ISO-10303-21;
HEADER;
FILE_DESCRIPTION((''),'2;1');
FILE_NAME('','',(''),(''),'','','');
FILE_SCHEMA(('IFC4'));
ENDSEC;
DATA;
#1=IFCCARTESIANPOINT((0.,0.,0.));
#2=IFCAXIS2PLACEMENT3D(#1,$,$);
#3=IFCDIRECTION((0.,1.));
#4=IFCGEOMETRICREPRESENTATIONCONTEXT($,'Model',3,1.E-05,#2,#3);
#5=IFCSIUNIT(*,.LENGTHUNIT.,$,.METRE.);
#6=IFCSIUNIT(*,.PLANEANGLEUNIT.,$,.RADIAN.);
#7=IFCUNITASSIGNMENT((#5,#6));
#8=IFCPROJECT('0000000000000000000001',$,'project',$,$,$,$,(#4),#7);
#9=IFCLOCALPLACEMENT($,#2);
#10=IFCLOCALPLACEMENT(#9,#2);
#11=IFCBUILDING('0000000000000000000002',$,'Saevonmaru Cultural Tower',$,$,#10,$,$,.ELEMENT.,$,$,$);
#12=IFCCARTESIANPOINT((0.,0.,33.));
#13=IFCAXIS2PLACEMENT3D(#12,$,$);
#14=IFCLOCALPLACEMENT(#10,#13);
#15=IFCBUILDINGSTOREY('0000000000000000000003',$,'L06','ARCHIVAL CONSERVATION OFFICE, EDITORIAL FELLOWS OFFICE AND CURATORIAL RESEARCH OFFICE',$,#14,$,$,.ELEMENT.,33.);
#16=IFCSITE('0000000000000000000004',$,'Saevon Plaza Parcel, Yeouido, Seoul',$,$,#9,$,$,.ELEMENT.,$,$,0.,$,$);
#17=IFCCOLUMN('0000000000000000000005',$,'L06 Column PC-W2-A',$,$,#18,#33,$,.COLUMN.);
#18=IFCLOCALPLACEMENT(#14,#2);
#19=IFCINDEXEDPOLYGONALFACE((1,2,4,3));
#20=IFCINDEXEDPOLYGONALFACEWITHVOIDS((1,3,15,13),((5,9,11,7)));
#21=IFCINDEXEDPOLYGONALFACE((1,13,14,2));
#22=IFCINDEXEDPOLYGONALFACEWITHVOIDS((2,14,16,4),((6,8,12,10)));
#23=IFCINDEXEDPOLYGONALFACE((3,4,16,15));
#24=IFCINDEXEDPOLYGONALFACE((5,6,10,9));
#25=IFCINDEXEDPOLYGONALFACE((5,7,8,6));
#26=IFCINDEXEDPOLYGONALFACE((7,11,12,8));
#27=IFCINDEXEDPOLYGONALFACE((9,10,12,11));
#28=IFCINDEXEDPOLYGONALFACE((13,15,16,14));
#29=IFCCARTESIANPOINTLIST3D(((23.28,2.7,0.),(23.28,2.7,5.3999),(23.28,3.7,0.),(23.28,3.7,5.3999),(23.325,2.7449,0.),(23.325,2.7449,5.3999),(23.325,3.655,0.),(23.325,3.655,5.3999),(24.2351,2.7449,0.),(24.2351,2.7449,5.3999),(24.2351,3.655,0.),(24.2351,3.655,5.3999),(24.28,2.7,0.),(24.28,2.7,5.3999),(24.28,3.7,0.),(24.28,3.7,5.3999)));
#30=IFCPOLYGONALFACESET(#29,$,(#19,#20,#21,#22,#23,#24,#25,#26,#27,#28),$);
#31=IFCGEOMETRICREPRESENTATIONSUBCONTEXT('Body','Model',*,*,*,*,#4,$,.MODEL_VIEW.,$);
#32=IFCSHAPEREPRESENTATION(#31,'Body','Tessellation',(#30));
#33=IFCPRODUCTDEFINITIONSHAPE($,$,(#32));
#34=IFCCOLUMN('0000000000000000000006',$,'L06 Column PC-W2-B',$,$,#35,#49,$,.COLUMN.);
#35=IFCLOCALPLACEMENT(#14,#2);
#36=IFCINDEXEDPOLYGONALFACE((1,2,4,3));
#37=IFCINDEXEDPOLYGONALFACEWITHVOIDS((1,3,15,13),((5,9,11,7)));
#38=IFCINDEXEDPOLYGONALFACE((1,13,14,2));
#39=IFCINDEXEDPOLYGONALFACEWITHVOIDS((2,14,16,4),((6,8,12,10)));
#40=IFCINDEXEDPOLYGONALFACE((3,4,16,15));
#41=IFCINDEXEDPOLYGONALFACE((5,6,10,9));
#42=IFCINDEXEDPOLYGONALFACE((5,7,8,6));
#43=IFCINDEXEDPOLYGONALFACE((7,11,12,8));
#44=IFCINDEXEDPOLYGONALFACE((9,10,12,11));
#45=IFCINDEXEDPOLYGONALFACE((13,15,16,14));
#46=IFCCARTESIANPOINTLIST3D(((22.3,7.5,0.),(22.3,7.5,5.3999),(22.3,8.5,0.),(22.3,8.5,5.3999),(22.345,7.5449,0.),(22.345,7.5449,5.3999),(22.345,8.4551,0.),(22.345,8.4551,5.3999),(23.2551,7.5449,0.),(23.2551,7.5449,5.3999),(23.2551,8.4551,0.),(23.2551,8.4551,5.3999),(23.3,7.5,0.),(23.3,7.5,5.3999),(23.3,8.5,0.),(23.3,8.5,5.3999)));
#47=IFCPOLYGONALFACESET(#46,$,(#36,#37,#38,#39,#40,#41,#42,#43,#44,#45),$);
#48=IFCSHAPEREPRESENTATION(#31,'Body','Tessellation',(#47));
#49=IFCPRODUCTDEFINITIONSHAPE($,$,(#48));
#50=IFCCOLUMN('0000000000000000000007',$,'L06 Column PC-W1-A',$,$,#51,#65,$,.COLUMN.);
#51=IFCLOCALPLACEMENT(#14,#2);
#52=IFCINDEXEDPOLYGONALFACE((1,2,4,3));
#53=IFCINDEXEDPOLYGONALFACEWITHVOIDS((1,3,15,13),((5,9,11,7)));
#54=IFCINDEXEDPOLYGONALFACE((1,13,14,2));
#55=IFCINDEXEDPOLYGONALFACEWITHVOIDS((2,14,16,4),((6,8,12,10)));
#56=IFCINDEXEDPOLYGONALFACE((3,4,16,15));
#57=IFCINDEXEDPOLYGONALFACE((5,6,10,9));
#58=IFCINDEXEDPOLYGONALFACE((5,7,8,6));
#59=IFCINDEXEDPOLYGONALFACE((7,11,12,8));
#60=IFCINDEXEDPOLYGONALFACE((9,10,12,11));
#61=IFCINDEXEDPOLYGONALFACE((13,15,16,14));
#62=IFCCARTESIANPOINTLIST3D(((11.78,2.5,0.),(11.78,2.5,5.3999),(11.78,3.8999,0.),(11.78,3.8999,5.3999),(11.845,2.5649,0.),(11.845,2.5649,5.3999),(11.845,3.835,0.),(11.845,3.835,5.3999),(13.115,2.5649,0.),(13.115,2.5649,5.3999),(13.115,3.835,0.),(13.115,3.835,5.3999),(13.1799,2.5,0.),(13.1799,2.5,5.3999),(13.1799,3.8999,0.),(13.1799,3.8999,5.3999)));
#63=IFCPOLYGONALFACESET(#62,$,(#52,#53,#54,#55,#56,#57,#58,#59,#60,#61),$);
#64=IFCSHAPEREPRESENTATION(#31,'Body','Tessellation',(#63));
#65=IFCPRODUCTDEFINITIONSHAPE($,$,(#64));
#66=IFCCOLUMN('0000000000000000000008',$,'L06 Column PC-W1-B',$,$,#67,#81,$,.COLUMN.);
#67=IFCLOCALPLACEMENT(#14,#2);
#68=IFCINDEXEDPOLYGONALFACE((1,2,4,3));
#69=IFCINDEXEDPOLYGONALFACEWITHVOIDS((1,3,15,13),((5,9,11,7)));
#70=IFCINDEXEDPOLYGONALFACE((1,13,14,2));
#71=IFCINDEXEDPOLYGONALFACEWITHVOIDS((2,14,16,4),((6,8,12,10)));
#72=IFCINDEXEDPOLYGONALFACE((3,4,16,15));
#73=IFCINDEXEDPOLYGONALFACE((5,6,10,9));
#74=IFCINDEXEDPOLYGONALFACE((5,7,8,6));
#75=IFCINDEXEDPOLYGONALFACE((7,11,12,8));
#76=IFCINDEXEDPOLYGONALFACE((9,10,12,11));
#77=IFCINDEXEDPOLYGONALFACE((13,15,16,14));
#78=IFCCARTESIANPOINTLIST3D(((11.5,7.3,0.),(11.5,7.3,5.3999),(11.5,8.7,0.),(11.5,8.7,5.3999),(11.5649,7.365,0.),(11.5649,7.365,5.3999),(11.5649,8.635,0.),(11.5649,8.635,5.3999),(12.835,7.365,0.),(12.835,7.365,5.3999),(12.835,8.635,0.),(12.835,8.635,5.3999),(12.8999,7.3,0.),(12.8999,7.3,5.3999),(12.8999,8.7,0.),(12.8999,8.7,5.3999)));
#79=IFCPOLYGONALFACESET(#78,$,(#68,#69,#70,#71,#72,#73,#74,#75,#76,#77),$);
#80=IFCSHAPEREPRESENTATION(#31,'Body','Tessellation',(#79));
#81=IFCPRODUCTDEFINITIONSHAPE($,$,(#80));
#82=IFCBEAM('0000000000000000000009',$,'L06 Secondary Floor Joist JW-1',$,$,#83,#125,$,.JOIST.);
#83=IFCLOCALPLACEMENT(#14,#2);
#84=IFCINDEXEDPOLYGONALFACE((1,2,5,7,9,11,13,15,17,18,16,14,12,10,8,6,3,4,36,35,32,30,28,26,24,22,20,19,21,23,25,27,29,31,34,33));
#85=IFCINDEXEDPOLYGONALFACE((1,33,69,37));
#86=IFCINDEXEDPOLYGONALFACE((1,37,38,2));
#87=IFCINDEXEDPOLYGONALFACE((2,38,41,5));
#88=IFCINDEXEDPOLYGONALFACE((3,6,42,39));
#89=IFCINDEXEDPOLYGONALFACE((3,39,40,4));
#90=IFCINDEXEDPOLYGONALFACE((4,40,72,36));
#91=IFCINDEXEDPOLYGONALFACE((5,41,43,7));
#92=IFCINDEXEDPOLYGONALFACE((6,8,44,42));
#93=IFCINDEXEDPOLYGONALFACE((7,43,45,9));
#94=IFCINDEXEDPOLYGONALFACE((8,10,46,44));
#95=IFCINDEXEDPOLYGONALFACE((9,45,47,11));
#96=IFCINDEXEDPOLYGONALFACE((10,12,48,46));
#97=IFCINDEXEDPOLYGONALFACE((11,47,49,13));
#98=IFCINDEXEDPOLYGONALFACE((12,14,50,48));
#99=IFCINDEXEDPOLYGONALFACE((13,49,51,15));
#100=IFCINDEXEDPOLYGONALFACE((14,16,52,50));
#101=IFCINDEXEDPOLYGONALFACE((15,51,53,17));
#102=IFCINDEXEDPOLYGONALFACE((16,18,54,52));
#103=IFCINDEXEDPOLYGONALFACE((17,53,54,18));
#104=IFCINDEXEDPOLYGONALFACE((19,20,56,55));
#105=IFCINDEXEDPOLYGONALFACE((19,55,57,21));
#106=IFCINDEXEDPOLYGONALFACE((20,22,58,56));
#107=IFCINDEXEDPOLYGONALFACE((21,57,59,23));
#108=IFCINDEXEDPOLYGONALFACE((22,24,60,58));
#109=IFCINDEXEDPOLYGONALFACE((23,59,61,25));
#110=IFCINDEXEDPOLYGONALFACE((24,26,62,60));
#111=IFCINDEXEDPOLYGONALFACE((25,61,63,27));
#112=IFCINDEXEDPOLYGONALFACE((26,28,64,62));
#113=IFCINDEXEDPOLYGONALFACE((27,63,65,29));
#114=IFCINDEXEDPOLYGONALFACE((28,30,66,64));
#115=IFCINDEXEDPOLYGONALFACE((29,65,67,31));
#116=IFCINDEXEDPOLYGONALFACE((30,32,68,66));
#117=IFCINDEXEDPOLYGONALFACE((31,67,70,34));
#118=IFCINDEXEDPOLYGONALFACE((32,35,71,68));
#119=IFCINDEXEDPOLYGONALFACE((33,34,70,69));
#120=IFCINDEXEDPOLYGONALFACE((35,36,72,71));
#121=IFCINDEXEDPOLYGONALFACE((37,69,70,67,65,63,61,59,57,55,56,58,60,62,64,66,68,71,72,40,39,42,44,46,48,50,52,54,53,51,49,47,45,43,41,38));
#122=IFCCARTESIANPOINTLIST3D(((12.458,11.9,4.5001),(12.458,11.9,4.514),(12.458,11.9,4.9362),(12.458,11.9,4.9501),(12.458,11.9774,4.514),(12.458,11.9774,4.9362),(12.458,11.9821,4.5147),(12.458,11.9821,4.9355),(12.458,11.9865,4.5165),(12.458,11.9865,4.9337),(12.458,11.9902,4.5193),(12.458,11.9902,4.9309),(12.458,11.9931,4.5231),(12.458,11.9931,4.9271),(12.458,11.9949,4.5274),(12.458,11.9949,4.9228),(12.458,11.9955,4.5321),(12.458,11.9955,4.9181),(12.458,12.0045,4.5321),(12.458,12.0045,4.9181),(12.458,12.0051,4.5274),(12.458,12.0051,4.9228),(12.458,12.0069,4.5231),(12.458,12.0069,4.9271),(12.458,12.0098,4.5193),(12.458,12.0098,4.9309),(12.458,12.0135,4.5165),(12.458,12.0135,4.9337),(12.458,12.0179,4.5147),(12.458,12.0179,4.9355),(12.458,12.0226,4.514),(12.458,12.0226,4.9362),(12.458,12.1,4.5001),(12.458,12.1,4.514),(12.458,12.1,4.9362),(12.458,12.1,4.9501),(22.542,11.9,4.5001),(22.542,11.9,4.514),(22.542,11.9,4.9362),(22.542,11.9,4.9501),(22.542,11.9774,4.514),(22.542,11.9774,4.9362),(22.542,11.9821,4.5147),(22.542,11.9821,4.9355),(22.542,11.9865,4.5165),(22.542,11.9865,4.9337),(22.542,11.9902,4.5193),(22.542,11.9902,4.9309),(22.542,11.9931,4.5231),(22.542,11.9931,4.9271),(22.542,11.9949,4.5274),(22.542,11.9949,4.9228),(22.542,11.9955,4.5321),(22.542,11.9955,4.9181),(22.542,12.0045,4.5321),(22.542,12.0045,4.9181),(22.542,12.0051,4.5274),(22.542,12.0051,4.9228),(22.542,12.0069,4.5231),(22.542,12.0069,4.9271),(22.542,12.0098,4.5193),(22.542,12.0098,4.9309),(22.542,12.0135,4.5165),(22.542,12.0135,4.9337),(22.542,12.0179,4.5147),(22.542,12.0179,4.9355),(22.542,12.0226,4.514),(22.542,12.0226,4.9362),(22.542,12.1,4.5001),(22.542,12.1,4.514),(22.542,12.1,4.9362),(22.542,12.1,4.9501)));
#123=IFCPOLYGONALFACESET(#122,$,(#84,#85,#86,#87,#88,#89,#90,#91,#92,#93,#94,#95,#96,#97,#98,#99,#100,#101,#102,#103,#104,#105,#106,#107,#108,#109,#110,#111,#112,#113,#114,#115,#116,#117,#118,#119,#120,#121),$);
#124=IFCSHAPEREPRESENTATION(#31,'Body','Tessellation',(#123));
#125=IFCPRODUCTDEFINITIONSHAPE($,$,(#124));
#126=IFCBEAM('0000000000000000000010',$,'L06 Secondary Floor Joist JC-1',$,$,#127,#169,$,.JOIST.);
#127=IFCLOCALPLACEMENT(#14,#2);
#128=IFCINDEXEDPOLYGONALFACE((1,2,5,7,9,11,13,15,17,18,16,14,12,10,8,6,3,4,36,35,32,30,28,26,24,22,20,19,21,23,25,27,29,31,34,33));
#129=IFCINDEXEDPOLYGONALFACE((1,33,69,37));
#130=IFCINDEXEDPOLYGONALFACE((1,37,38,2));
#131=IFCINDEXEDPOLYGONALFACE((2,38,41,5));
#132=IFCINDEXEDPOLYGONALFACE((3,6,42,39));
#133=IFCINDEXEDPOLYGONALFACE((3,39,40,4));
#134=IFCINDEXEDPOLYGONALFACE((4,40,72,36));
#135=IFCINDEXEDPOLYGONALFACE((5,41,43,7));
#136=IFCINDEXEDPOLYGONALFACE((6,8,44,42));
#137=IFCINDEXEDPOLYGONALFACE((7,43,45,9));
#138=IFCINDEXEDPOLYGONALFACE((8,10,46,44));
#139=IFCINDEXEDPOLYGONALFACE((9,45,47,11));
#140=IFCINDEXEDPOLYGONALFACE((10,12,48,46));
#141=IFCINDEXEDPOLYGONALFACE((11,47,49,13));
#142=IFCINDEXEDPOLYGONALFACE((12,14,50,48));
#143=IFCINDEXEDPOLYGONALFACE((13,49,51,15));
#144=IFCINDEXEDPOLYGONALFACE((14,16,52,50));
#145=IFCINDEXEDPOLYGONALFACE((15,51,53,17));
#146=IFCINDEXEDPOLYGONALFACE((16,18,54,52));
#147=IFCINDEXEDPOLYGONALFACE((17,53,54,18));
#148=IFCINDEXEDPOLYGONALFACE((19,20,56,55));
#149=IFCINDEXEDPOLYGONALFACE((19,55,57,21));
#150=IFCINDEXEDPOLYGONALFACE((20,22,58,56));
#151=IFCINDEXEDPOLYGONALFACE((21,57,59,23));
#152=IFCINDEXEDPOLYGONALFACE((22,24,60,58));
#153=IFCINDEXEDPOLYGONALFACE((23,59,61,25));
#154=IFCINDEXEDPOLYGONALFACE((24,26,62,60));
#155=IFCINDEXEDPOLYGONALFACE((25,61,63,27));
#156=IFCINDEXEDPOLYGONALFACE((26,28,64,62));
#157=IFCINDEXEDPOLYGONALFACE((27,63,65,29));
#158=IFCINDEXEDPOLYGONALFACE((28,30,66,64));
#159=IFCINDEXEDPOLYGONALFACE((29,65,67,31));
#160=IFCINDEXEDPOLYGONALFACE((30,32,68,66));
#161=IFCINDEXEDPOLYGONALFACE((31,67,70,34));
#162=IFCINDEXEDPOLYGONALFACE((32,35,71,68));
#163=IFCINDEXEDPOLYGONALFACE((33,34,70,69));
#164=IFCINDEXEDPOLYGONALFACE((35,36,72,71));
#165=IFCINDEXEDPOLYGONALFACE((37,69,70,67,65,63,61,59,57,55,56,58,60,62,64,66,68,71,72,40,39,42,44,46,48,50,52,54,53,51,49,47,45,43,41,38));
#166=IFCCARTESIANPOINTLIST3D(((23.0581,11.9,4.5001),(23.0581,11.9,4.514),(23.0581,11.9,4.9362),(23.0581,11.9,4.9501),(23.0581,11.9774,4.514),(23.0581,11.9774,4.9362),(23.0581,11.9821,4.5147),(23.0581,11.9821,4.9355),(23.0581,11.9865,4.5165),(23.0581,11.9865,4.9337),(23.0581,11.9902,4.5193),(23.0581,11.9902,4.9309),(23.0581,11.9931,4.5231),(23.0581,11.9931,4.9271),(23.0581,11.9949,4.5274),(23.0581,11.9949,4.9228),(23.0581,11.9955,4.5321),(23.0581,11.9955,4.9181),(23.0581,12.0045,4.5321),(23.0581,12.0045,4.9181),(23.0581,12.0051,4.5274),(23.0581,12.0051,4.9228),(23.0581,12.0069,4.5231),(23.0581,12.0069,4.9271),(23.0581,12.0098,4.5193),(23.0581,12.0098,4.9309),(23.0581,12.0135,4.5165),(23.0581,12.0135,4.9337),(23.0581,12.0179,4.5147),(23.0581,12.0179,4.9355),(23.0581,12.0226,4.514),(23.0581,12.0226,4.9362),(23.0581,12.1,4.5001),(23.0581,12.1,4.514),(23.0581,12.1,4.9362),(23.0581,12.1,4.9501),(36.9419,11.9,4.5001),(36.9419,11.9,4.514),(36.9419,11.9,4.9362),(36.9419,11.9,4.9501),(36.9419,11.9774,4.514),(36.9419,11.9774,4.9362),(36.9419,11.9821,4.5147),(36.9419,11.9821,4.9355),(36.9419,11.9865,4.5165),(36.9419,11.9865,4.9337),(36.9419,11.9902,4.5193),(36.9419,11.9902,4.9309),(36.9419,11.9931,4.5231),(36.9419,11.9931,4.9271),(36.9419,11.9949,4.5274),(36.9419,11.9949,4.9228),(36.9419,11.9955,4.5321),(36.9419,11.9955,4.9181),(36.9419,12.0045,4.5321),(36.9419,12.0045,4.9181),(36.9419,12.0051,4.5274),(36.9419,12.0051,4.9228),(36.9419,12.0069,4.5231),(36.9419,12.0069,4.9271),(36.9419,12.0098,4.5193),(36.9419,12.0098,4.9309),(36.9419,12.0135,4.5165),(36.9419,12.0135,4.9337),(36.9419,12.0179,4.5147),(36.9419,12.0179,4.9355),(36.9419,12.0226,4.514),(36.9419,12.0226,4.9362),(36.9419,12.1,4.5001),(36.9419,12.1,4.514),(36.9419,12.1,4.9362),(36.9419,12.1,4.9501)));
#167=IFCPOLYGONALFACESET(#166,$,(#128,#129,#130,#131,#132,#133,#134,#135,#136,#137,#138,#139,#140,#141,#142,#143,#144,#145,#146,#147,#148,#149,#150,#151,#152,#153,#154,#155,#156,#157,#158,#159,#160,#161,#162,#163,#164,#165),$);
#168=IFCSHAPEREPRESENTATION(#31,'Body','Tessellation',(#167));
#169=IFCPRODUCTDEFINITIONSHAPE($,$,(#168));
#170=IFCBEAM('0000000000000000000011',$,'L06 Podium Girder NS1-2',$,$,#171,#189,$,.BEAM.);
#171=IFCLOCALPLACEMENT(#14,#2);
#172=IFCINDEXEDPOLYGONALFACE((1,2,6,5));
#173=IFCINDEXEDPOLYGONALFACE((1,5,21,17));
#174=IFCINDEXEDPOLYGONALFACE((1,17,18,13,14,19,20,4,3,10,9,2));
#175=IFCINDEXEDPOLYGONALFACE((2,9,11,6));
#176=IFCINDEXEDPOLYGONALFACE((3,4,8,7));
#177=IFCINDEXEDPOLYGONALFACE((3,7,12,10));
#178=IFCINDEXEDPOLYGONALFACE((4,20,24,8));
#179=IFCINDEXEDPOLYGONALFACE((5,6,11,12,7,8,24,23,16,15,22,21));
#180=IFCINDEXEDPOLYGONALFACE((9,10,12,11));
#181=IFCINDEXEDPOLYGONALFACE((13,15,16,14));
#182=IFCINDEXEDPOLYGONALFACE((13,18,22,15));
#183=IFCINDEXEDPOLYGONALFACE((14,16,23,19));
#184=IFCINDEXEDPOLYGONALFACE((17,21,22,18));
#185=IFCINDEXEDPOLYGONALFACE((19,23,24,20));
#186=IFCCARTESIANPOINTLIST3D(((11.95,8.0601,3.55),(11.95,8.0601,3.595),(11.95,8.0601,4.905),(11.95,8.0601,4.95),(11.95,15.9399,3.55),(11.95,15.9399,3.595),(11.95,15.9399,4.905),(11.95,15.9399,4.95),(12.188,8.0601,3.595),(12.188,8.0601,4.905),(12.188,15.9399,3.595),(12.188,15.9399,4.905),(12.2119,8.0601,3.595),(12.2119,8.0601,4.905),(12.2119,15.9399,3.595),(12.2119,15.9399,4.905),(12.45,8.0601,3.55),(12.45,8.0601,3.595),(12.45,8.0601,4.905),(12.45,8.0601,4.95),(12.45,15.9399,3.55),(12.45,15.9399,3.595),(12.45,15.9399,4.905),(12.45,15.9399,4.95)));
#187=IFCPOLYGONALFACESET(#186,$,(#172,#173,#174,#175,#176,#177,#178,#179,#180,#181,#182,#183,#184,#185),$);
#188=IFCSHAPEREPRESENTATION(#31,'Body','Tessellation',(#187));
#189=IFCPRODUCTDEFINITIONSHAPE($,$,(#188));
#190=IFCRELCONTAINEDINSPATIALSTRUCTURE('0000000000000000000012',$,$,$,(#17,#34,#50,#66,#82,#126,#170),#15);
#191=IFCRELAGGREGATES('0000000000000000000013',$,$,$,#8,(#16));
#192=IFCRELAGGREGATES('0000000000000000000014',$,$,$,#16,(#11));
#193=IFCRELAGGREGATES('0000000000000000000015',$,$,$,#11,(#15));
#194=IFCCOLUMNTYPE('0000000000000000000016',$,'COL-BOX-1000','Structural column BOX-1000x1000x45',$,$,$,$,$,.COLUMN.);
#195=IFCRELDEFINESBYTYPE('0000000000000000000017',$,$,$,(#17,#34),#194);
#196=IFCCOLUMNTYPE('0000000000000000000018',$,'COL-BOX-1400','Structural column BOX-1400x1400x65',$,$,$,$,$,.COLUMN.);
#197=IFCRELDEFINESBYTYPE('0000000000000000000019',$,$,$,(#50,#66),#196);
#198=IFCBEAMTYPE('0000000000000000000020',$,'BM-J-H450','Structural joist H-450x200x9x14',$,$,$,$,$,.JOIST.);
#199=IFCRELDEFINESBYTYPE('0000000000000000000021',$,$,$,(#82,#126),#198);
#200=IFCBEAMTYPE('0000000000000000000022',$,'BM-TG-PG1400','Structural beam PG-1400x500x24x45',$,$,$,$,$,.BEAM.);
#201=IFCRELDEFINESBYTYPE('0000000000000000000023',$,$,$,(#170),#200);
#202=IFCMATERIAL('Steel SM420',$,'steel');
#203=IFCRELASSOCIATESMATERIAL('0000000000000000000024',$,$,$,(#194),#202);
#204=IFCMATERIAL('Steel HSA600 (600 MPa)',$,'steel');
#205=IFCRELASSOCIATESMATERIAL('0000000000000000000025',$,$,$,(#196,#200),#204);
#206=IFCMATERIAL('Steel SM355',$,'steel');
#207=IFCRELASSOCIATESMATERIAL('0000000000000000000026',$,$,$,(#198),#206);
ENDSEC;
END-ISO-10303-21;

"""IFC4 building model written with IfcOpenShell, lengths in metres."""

from ifc_helpers import new_model, si_unit, direction, frame, origin, origin_2d, place, context, subcontext, project, spatial, hollow_rectangle, i_section, extrude, material, material_profile, profile_set, type_object, element, save


model = new_model("IFC4")

# Units and contexts
model_context = context("Model", 3, precision=1e-05, world=origin(), true_north=direction((0.0, 1.0)))
body_context = subcontext(model_context, "Body", "Model", "MODEL_VIEW")
ifc_project = project(units=[si_unit("LENGTHUNIT", "METRE"), si_unit("PLANEANGLEUNIT", "RADIAN")], contexts=[model_context])

# Site, building, storey
site_placement = place(None, origin())
site = spatial("IfcSite", under=ifc_project, at=site_placement, Name="Saevon Plaza Parcel, Yeouido, Seoul", CompositionType="ELEMENT", RefElevation=0.0)
building_placement = place(site_placement, origin())
building = spatial("IfcBuilding", under=site, at=building_placement, Name="Saevonmaru Cultural Tower", CompositionType="ELEMENT")
storey_placement = place(building_placement, frame((0.0, 0.0, 33.0)))
storey = spatial("IfcBuildingStorey", under=building, at=storey_placement, Name="L06", Description="ARCHIVAL CONSERVATION OFFICE, EDITORIAL FELLOWS OFFICE AND CURATORIAL RESEARCH OFFICE", CompositionType="ELEMENT", Elevation=33.0)

# Columns
ifc_material_1 = material(Name="Steel SM420", Category="steel")
ifc_material_profile_1 = material_profile(ifc_material_1, hollow_rectangle(XDim=1.0, YDim=1.0, WallThickness=0.0449, at=origin_2d()), Name="BOX-1000x1000x45")
ifc_profile_set_1 = profile_set([ifc_material_profile_1], Name="Steel SM420")
column_type_1 = type_object("IfcColumnType", Name="COL-BOX-1000", Description="Structural column BOX-1000x1000x45", PredefinedType="COLUMN", material=ifc_profile_set_1)
for number, where, z_axis, x_axis, name in (
    (1, (23.78, 3.2, 0.0), (0.0, 0.0, 1.0), (1.0, 0.0, 0.0), "L06 Column PC-W2-A"),
    (2, (22.8, 8.0, 0.0), (0.0, 0.0, 1.0), (1.0, 0.0, 0.0), "L06 Column PC-W2-B"),
):
    element("IfcColumn", number, at=place(storey_placement, frame(where, z_axis=z_axis, x_axis=x_axis)), inside=storey, type_object=column_type_1, Name=name, PredefinedType="COLUMN", context=body_context, shape_type="SweptSolid", body=[
        extrude(hollow_rectangle(XDim=1.0, YDim=1.0, WallThickness=0.0449, at=origin_2d()), origin(), (0.0, 0.0, 1.0), 5.3999),
    ])
ifc_material_2 = material(Name="Steel HSA600 (600 MPa)", Category="steel")
ifc_material_profile_2 = material_profile(ifc_material_2, hollow_rectangle(XDim=1.3999, YDim=1.3999, WallThickness=0.0649, at=origin_2d()), Name="BOX-1400x1400x65")
ifc_profile_set_2 = profile_set([ifc_material_profile_2], Name="Steel HSA600 (600 MPa)")
column_type_2 = type_object("IfcColumnType", Name="COL-BOX-1400", Description="Structural column BOX-1400x1400x65", PredefinedType="COLUMN", material=ifc_profile_set_2)
for number, where, z_axis, x_axis, name in (
    (3, (12.48, 3.2, 0.0), (0.0, 0.0, 1.0), (1.0, 0.0, 0.0), "L06 Column PC-W1-A"),
    (4, (12.2, 8.0, 0.0), (0.0, 0.0, 1.0), (1.0, 0.0, 0.0), "L06 Column PC-W1-B"),
):
    element("IfcColumn", number, at=place(storey_placement, frame(where, z_axis=z_axis, x_axis=x_axis)), inside=storey, type_object=column_type_2, Name=name, PredefinedType="COLUMN", context=body_context, shape_type="SweptSolid", body=[
        extrude(hollow_rectangle(XDim=1.3999, YDim=1.3999, WallThickness=0.0649, at=origin_2d()), origin(), (0.0, 0.0, 1.0), 5.3999),
    ])

# Beams
ifc_material_3 = material(Name="Steel SM355", Category="steel")
ifc_material_profile_3 = material_profile(ifc_material_3, i_section(OverallWidth=0.2, OverallDepth=0.45, WebThickness=0.009, FlangeThickness=0.0139, FilletRadius=0.0181, at=origin_2d()), Name="H-450x200x9x14")
ifc_profile_set_3 = profile_set([ifc_material_profile_3], Name="Steel SM355")
beam_type_1 = type_object("IfcBeamType", Name="BM-J-H450", Description="Structural joist H-450x200x9x14", PredefinedType="JOIST", material=ifc_profile_set_3)
beam_1_placement = place(storey_placement, frame((12.458, 12.0, 4.7251), z_axis=(1.0, 0.0, 0.0), x_axis=(0.0, 1.0, 0.0)))
element("IfcBeam", 5, at=beam_1_placement, inside=storey, type_object=beam_type_1, Name="L06 Secondary Floor Joist JW-1", PredefinedType="JOIST", context=body_context, shape_type="SweptSolid", body=[
    extrude(i_section(OverallWidth=0.2, OverallDepth=0.45, WebThickness=0.009, FlangeThickness=0.0139, FilletRadius=0.0181, at=origin_2d()), origin(), (0.0, 0.0, 1.0), 10.084),
])
beam_2_placement = place(storey_placement, frame((23.0581, 12.0, 4.7251), z_axis=(1.0, 0.0, 0.0), x_axis=(0.0, 1.0, 0.0)))
element("IfcBeam", 6, at=beam_2_placement, inside=storey, type_object=beam_type_1, Name="L06 Secondary Floor Joist JC-1", PredefinedType="JOIST", context=body_context, shape_type="SweptSolid", body=[
    extrude(i_section(OverallWidth=0.2, OverallDepth=0.45, WebThickness=0.009, FlangeThickness=0.0139, FilletRadius=0.0181, at=origin_2d()), origin(), (0.0, 0.0, 1.0), 13.8838),
])
ifc_material_profile_4 = material_profile(ifc_material_2, i_section(OverallWidth=0.5, OverallDepth=1.3999, WebThickness=0.0239, FlangeThickness=0.0449, at=origin_2d()), Name="PG-1400x500x24x45")
ifc_profile_set_4 = profile_set([ifc_material_profile_4], Name="Steel HSA600 (600 MPa)")
beam_type_2 = type_object("IfcBeamType", Name="BM-TG-PG1400", Description="Structural beam PG-1400x500x24x45", PredefinedType="BEAM", material=ifc_profile_set_4)
beam_3_placement = place(storey_placement, frame((12.2, 8.0601, 4.25), z_axis=(0.0, 1.0, 0.0), x_axis=(-1.0, 0.0, 0.0)))
element("IfcBeam", 7, at=beam_3_placement, inside=storey, type_object=beam_type_2, Name="L06 Podium Girder NS1-2", PredefinedType="BEAM", context=body_context, shape_type="SweptSolid", body=[
    extrude(i_section(OverallWidth=0.5, OverallDepth=1.3999, WebThickness=0.0239, FlangeThickness=0.0449, at=origin_2d()), origin(), (0.0, 0.0, 1.0), 7.8799),
])

save(model, "model.ifc")
